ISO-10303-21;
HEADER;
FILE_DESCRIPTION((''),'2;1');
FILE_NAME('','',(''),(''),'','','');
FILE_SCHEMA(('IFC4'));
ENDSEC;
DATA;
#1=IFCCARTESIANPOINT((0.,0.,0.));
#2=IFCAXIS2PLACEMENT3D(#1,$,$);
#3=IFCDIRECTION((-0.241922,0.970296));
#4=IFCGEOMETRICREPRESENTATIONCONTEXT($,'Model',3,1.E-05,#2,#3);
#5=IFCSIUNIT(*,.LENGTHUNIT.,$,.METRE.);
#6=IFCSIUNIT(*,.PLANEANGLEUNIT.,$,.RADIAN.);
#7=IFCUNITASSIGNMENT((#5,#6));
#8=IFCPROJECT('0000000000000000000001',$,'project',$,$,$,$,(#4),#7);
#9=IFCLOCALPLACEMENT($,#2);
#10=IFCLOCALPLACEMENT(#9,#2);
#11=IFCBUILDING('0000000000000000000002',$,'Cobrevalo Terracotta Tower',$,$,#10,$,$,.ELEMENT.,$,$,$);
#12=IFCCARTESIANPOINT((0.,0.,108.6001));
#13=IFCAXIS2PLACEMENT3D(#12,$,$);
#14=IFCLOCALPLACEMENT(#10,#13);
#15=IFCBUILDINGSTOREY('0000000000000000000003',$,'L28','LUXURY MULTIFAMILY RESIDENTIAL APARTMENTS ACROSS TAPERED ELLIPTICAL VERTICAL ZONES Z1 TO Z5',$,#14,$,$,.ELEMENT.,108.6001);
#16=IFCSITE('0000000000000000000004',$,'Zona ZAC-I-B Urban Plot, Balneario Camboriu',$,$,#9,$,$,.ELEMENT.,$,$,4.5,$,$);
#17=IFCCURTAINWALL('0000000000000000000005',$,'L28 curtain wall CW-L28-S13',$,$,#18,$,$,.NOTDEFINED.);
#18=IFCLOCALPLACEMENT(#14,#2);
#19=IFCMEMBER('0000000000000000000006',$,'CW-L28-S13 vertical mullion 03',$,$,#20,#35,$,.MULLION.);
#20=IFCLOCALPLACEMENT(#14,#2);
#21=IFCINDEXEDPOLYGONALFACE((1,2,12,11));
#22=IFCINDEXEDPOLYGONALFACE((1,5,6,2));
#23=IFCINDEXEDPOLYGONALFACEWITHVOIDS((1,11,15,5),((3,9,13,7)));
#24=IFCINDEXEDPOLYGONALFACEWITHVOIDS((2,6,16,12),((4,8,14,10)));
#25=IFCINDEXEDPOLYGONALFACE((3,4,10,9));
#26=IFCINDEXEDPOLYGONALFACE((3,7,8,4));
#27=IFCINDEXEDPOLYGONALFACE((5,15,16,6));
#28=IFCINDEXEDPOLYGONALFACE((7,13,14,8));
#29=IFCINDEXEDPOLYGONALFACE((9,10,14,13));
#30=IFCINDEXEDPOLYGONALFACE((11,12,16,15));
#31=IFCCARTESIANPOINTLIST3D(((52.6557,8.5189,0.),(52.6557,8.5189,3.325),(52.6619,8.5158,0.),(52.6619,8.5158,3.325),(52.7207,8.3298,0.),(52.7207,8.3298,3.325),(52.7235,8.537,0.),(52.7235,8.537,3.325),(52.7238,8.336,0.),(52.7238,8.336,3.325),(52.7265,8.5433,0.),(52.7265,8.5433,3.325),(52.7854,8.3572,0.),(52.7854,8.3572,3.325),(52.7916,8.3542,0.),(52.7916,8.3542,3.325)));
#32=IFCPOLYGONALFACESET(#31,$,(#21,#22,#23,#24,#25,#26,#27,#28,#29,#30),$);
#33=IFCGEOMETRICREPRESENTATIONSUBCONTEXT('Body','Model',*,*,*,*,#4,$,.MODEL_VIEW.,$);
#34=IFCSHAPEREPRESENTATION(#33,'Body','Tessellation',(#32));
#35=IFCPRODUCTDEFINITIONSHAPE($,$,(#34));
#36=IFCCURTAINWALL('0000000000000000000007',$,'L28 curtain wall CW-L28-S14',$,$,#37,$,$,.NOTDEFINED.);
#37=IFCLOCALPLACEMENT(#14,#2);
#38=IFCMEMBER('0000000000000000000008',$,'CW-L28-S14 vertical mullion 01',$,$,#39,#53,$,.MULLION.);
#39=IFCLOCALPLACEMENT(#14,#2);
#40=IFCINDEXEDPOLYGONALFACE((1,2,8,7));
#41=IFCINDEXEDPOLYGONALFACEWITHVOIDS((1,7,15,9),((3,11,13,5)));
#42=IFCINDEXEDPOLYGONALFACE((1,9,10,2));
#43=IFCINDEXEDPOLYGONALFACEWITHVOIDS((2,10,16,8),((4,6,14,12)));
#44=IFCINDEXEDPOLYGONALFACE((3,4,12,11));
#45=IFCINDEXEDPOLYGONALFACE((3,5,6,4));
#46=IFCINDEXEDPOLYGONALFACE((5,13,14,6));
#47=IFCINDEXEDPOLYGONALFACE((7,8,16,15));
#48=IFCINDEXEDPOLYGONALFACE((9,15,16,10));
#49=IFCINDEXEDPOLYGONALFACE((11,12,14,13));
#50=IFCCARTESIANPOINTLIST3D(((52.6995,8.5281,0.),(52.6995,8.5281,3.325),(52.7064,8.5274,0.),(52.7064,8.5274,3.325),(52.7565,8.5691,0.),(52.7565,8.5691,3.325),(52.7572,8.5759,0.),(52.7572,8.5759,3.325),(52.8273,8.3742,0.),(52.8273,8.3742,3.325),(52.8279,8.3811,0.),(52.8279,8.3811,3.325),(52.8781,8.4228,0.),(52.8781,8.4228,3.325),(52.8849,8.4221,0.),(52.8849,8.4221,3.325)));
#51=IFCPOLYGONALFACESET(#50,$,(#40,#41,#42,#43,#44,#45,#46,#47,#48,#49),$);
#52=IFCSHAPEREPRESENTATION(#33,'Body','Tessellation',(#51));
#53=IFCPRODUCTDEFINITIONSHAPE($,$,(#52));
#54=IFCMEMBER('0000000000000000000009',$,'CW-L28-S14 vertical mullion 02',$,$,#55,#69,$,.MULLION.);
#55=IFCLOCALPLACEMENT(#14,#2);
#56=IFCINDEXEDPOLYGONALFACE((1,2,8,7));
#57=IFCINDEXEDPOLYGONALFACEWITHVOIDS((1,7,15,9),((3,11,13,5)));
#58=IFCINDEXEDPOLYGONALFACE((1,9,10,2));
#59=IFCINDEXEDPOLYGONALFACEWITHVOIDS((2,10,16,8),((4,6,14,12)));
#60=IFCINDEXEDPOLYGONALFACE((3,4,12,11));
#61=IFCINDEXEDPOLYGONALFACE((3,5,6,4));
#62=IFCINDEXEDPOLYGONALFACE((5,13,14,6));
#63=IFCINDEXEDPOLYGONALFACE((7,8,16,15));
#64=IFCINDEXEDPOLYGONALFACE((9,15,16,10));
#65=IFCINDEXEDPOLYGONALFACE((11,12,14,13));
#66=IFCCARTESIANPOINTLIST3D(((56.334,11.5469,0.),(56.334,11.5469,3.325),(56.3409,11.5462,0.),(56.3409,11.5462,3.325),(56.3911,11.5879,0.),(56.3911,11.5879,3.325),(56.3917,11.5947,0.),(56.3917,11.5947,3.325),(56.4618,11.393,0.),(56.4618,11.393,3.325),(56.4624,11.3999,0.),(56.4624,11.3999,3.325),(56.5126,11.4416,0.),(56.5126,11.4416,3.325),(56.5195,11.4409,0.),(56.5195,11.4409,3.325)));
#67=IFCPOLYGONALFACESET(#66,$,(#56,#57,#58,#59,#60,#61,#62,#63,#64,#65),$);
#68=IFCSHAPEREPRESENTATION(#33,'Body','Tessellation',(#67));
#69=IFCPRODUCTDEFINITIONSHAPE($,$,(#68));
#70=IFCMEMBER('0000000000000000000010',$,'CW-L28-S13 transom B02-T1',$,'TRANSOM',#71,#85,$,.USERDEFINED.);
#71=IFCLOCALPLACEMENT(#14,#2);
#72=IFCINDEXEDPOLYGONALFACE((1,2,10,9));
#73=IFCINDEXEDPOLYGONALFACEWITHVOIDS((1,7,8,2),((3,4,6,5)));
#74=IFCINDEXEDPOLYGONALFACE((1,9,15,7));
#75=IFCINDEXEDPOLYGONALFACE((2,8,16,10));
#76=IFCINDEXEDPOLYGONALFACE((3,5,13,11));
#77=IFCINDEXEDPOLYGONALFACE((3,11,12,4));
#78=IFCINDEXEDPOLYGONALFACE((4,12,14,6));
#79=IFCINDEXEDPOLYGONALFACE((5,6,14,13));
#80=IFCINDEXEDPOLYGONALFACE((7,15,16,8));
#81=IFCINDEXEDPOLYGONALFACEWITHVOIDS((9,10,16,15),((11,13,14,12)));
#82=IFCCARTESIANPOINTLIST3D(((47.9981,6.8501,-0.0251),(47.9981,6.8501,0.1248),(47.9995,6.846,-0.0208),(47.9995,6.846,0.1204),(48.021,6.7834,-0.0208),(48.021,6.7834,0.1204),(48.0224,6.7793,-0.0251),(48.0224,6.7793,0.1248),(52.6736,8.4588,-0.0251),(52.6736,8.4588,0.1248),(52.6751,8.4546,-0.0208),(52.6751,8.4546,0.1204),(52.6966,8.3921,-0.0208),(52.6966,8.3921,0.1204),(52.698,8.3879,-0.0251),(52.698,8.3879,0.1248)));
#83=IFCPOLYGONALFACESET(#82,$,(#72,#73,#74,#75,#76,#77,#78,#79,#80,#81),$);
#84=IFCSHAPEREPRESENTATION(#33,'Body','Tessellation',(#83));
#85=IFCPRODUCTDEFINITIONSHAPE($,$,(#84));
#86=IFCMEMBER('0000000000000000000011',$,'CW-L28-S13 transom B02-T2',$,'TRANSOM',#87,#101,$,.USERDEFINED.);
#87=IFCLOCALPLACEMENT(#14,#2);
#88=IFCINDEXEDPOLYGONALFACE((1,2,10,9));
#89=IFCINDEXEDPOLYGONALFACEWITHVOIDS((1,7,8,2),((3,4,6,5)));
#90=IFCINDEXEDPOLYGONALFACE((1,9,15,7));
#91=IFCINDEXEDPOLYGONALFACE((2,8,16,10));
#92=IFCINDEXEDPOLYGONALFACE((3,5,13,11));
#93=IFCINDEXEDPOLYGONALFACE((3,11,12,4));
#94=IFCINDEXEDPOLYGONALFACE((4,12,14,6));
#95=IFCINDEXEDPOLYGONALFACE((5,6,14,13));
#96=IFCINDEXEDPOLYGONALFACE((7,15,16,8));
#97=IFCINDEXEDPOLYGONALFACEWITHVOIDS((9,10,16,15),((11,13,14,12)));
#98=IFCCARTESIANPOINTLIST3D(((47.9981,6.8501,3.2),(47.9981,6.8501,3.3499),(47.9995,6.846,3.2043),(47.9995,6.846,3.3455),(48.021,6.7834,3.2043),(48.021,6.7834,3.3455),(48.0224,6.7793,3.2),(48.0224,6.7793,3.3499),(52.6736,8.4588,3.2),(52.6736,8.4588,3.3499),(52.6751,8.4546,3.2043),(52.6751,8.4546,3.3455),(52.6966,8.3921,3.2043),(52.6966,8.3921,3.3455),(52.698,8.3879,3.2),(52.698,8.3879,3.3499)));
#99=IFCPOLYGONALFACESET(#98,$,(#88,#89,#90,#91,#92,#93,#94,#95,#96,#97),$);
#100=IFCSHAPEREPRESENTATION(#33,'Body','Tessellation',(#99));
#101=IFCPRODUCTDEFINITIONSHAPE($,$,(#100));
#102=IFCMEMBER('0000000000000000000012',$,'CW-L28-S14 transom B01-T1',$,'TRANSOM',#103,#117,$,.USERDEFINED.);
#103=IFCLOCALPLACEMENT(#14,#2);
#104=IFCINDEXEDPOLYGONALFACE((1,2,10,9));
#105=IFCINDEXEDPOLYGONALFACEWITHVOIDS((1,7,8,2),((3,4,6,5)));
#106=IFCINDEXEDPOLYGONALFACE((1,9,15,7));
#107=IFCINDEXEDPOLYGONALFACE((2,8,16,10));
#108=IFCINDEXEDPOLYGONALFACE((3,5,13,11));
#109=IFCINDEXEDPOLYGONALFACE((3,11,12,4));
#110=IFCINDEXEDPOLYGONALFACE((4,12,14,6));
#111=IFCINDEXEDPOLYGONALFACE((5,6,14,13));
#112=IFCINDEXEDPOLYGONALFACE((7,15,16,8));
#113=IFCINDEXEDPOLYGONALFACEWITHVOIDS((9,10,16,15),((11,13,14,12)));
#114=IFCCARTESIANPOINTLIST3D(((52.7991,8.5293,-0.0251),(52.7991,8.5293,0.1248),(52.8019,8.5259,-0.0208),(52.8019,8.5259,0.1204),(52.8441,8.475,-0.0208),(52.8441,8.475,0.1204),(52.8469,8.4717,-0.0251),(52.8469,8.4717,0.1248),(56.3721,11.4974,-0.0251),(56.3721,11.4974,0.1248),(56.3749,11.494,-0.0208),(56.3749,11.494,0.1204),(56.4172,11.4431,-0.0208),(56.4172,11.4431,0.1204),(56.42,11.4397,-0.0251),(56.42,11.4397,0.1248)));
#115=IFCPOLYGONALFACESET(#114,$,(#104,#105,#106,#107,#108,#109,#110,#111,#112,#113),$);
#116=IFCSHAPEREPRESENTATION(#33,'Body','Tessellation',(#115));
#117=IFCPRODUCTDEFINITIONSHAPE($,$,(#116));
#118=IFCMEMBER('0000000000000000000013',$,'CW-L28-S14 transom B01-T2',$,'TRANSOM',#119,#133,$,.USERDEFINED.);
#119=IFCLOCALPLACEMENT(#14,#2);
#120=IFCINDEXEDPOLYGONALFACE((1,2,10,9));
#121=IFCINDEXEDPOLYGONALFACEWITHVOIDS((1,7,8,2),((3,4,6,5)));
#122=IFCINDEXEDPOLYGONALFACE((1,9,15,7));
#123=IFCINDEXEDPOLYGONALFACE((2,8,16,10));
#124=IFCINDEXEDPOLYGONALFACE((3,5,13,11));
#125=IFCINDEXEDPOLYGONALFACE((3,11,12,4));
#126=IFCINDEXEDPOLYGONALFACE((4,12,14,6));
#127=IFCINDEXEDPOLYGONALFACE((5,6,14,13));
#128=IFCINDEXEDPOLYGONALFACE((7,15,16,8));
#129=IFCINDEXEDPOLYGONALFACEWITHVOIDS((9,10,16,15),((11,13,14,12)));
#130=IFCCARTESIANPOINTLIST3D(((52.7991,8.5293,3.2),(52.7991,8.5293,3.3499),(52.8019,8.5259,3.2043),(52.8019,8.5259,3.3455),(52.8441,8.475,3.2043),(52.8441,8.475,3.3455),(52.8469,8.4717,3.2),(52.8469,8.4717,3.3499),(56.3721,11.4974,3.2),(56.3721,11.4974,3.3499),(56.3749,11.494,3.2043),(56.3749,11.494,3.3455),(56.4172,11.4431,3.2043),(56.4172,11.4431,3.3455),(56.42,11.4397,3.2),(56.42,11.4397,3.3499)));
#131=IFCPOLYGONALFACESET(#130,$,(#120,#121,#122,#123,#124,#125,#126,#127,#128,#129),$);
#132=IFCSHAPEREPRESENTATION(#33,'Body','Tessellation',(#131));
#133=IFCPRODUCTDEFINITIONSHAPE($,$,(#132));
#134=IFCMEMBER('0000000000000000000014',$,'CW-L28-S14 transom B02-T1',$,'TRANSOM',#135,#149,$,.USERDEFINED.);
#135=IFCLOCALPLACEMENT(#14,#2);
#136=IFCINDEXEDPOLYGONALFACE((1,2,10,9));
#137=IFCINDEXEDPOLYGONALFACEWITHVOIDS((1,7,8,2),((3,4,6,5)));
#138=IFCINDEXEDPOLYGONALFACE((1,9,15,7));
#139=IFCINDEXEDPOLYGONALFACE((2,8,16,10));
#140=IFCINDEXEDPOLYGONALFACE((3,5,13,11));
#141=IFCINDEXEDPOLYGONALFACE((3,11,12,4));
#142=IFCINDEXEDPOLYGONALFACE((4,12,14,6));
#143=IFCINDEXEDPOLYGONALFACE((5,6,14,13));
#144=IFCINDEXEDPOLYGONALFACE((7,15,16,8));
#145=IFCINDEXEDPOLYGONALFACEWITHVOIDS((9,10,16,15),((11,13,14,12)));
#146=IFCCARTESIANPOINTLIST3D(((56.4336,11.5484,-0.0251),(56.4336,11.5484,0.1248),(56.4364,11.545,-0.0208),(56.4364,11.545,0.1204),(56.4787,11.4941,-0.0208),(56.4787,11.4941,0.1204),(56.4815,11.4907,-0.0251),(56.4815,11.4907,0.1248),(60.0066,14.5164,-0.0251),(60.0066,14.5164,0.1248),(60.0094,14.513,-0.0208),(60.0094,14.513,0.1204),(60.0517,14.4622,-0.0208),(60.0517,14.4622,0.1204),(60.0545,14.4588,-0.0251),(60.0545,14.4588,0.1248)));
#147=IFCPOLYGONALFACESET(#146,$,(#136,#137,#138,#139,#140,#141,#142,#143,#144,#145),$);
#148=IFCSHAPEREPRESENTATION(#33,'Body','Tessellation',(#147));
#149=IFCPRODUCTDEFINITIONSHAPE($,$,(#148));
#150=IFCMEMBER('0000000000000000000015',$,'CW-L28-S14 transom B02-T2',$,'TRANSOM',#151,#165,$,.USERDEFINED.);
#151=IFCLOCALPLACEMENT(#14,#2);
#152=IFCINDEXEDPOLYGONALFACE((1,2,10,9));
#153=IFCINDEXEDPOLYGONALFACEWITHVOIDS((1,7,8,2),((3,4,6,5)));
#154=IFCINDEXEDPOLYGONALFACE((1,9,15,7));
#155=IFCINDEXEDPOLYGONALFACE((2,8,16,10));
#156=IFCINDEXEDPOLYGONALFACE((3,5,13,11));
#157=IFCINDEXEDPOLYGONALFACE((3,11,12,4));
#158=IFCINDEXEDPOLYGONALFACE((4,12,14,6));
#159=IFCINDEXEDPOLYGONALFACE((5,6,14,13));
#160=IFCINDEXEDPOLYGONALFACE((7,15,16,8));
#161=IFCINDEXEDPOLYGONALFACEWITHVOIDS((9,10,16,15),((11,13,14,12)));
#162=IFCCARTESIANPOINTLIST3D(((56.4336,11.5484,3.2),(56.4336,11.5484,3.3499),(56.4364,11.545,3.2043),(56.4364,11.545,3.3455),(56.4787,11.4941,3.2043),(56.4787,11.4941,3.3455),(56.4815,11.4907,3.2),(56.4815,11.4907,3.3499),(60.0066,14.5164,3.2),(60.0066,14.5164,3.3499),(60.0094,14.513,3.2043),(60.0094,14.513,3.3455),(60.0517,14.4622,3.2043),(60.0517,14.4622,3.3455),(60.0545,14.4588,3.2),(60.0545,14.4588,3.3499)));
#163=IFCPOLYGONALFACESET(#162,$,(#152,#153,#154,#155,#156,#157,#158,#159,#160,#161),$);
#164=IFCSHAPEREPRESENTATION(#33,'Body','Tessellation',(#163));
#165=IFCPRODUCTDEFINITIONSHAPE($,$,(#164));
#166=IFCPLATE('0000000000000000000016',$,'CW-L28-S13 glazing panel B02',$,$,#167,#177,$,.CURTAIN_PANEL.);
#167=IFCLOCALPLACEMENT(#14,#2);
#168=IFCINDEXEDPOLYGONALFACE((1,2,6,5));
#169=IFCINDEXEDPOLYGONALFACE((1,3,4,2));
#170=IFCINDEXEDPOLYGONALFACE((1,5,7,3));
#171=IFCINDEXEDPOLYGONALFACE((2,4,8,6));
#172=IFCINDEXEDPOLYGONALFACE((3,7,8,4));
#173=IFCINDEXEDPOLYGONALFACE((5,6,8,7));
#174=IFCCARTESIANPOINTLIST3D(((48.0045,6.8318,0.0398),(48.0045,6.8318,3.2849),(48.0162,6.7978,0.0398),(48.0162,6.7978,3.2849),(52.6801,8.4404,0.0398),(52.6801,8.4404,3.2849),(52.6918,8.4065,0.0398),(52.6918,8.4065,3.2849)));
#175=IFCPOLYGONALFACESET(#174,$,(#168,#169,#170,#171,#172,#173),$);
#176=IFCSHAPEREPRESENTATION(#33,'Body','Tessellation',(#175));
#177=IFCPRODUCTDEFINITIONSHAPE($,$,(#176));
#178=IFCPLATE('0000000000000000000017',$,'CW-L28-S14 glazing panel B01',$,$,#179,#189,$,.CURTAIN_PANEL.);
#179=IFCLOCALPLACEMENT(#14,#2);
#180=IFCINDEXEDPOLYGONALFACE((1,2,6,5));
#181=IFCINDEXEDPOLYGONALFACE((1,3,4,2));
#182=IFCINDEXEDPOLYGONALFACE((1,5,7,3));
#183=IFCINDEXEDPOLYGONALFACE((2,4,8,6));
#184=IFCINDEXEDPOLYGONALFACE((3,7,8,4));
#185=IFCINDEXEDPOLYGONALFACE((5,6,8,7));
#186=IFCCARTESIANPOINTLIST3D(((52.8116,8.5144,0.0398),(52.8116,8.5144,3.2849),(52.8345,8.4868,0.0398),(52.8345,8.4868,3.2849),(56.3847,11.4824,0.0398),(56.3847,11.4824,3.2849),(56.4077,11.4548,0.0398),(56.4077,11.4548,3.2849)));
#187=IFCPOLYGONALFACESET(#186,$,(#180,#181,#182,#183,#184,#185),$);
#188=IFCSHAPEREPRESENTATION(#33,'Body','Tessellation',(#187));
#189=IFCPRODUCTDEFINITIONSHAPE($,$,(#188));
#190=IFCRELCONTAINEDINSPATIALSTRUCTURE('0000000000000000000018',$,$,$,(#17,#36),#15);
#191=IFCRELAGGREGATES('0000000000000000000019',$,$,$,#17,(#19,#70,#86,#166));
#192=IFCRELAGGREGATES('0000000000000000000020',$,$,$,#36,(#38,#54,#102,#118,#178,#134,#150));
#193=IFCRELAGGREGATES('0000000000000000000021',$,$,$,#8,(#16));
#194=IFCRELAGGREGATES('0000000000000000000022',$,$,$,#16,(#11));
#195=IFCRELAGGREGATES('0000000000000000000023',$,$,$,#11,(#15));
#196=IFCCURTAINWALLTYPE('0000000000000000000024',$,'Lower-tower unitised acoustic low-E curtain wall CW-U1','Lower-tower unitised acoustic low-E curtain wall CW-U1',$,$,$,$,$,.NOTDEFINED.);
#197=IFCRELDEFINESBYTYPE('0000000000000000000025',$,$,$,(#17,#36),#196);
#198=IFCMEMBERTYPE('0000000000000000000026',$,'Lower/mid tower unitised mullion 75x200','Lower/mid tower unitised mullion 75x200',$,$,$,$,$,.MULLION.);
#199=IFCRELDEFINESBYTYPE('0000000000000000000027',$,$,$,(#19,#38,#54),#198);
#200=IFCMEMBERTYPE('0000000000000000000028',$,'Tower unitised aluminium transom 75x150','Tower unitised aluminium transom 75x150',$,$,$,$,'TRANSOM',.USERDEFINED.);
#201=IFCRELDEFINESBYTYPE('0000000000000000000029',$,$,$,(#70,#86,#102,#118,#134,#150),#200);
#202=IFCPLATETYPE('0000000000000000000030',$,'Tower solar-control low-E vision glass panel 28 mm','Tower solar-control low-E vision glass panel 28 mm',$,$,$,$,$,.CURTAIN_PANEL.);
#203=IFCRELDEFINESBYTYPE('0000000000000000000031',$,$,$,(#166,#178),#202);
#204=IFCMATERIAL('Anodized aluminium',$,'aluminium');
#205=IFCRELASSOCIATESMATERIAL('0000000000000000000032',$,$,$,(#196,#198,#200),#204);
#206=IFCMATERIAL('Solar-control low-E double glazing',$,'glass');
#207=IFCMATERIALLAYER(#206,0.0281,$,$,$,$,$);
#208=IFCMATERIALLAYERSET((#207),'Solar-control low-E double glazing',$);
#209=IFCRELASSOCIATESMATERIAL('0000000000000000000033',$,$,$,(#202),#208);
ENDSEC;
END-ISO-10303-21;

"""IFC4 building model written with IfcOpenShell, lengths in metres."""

from ifc_helpers import new_model, si_unit, direction, frame, origin, origin_2d, place, context, subcontext, project, spatial, rectangle, hollow_rectangle, extrude, source, transform, mapped, material, layer, layer_set, material_profile, profile_set, type_object, element, aggregate, save


model = new_model("IFC4")

# Units and contexts
model_context = context("Model", 3, precision=1e-05, world=origin(), true_north=direction((-0.241922, 0.970296)))
body_context = subcontext(model_context, "Body", "Model", "MODEL_VIEW")
ifc_project = project(units=[si_unit("LENGTHUNIT", "METRE"), si_unit("PLANEANGLEUNIT", "RADIAN")], contexts=[model_context])

# Site, building, storey
site_placement = place(None, origin())
site = spatial("IfcSite", under=ifc_project, at=site_placement, Name="Zona ZAC-I-B Urban Plot, Balneario Camboriu", CompositionType="ELEMENT", RefElevation=4.5)
building_placement = place(site_placement, origin())
building = spatial("IfcBuilding", under=site, at=building_placement, Name="Cobrevalo Terracotta Tower", CompositionType="ELEMENT")
storey_placement = place(building_placement, frame((0.0, 0.0, 108.6001)))
storey = spatial("IfcBuildingStorey", under=building, at=storey_placement, Name="L28", Description="LUXURY MULTIFAMILY RESIDENTIAL APARTMENTS ACROSS TAPERED ELLIPTICAL VERTICAL ZONES Z1 TO Z5", CompositionType="ELEMENT", Elevation=108.6001)

# Curtain walls, members
ifc_material_1 = material(Name="Anodized aluminium", Category="aluminium")
curtain_wall_type = type_object("IfcCurtainWallType", Name="Lower-tower unitised acoustic low-E curtain wall CW-U1", Description="Lower-tower unitised acoustic low-E curtain wall CW-U1", PredefinedType="NOTDEFINED", material=ifc_material_1)
curtain_wall_1_placement = place(storey_placement, origin())
curtain_wall_1 = element("IfcCurtainWall", 1, at=curtain_wall_1_placement, inside=storey, type_object=curtain_wall_type, Name="L28 curtain wall CW-L28-S13", PredefinedType="NOTDEFINED")
ifc_material_profile_1 = material_profile(ifc_material_1, hollow_rectangle(XDim=0.075, YDim=0.2, WallThickness=0.0049, at=origin_2d()), Name="CWM 75x200")
ifc_profile_set_1 = profile_set([ifc_material_profile_1], Name="Anodized aluminium")
member_type_1 = type_object("IfcMemberType", Name="Lower/mid tower unitised mullion 75x200", Description="Lower/mid tower unitised mullion 75x200", PredefinedType="MULLION", material=ifc_profile_set_1)
shared_shape_1 = source(origin(), body_context, "Body", "SweptSolid", [
    extrude(hollow_rectangle(XDim=0.075, YDim=0.2, WallThickness=0.0049, at=origin_2d()), origin(), (0.0, 0.0, 1.0), 3.325),
])
member_1_placement = place(storey_placement, frame((52.7236, 8.4365, 0.0), z_axis=(0.0, 0.0, 1.0), x_axis=(0.945598, 0.325337, 0.0)))
member_1 = element("IfcMember", 2, at=member_1_placement, type_object=member_type_1, Name="CW-L28-S13 vertical mullion 03", PredefinedType="MULLION", context=body_context, shape_type="MappedRepresentation", body=[
    mapped(shared_shape_1, transform((0.0, 0.0, 0.0), scale=1.0)),
])
curtain_wall_2_placement = place(storey_placement, origin())
curtain_wall_2 = element("IfcCurtainWall", 3, at=curtain_wall_2_placement, inside=storey, type_object=curtain_wall_type, Name="L28 curtain wall CW-L28-S14", PredefinedType="NOTDEFINED")
member_2_placement = place(storey_placement, frame((52.7922, 8.4751, 0.0), z_axis=(0.0, 0.0, 1.0), x_axis=(0.769243, 0.638956, 0.0)))
member_2 = element("IfcMember", 4, at=member_2_placement, type_object=member_type_1, Name="CW-L28-S14 vertical mullion 01", PredefinedType="MULLION", context=body_context, shape_type="MappedRepresentation", body=[
    mapped(shared_shape_1, transform((0.0, 0.0, 0.0), scale=1.0)),
])
member_3_placement = place(storey_placement, frame((56.4268, 11.4939, 0.0), z_axis=(0.0, 0.0, 1.0), x_axis=(0.769243, 0.638956, 0.0)))
member_3 = element("IfcMember", 5, at=member_3_placement, type_object=member_type_1, Name="CW-L28-S14 vertical mullion 02", PredefinedType="MULLION", context=body_context, shape_type="MappedRepresentation", body=[
    mapped(shared_shape_1, transform((0.0, 0.0, 0.0), scale=1.0)),
])

# Members
ifc_material_profile_2 = material_profile(ifc_material_1, hollow_rectangle(XDim=0.075, YDim=0.1499, WallThickness=0.0044, at=origin_2d()), Name="CWT 75x150")
ifc_profile_set_2 = profile_set([ifc_material_profile_2], Name="Anodized aluminium")
member_type_2 = type_object("IfcMemberType", Name="Tower unitised aluminium transom 75x150", Description="Tower unitised aluminium transom 75x150", ElementType="TRANSOM", PredefinedType="USERDEFINED", material=ifc_profile_set_2)
shared_shape_2 = source(origin(), body_context, "Body", "SweptSolid", [
    extrude(hollow_rectangle(XDim=0.075, YDim=0.1499, WallThickness=0.0044, at=origin_2d()), origin(), (0.0, 0.0, 1.0), 4.9446),
])
member_4_placement = place(storey_placement, frame((48.0103, 6.8147, 0.0498), z_axis=(0.945598, 0.325338, 0.0), x_axis=(-0.325338, 0.945598, 0.0)))
member_4 = element("IfcMember", 6, at=member_4_placement, type_object=member_type_2, Name="CW-L28-S13 transom B02-T1", ObjectType="TRANSOM", PredefinedType="USERDEFINED", context=body_context, shape_type="MappedRepresentation", body=[
    mapped(shared_shape_2, transform((0.0, 0.0, 0.0), scale=1.0)),
])
member_5_placement = place(storey_placement, frame((48.0103, 6.8147, 3.2749), z_axis=(0.945598, 0.325338, 0.0), x_axis=(-0.325338, 0.945598, 0.0)))
member_5 = element("IfcMember", 7, at=member_5_placement, type_object=member_type_2, Name="CW-L28-S13 transom B02-T2", ObjectType="TRANSOM", PredefinedType="USERDEFINED", context=body_context, shape_type="MappedRepresentation", body=[
    mapped(shared_shape_2, transform((0.0, 0.0, 0.0), scale=1.0)),
])
shared_shape_3 = source(origin(), body_context, "Body", "SweptSolid", [
    extrude(hollow_rectangle(XDim=0.075, YDim=0.1499, WallThickness=0.0044, at=origin_2d()), origin(), (0.0, 0.0, 1.0), 4.645),
])
member_6_placement = place(storey_placement, frame((52.823, 8.5005, 0.0498), z_axis=(0.769224, 0.638979, 0.0), x_axis=(-0.638979, 0.769224, 0.0)))
member_6 = element("IfcMember", 8, at=member_6_placement, type_object=member_type_2, Name="CW-L28-S14 transom B01-T1", ObjectType="TRANSOM", PredefinedType="USERDEFINED", context=body_context, shape_type="MappedRepresentation", body=[
    mapped(shared_shape_3, transform((0.0, 0.0, 0.0), scale=1.0)),
])
member_7_placement = place(storey_placement, frame((52.823, 8.5005, 3.2749), z_axis=(0.769224, 0.638979, 0.0), x_axis=(-0.638979, 0.769224, 0.0)))
member_7 = element("IfcMember", 9, at=member_7_placement, type_object=member_type_2, Name="CW-L28-S14 transom B01-T2", ObjectType="TRANSOM", PredefinedType="USERDEFINED", context=body_context, shape_type="MappedRepresentation", body=[
    mapped(shared_shape_3, transform((0.0, 0.0, 0.0), scale=1.0)),
])
member_8_placement = place(storey_placement, frame((56.4575, 11.5195, 0.0498), z_axis=(0.769224, 0.638979, 0.0), x_axis=(-0.638979, 0.769224, 0.0)))
member_8 = element("IfcMember", 10, at=member_8_placement, type_object=member_type_2, Name="CW-L28-S14 transom B02-T1", ObjectType="TRANSOM", PredefinedType="USERDEFINED", context=body_context, shape_type="MappedRepresentation", body=[
    mapped(shared_shape_3, transform((0.0, 0.0, 0.0), scale=1.0)),
])
member_9_placement = place(storey_placement, frame((56.4575, 11.5195, 3.2749), z_axis=(0.769224, 0.638979, 0.0), x_axis=(-0.638979, 0.769224, 0.0)))
member_9 = element("IfcMember", 11, at=member_9_placement, type_object=member_type_2, Name="CW-L28-S14 transom B02-T2", ObjectType="TRANSOM", PredefinedType="USERDEFINED", context=body_context, shape_type="MappedRepresentation", body=[
    mapped(shared_shape_3, transform((0.0, 0.0, 0.0), scale=1.0)),
])

# Plates
ifc_material_2 = material(Name="Solar-control low-E double glazing", Category="glass")
ifc_layer_1 = layer(ifc_material_2, 0.0281)
ifc_layer_set_1 = layer_set([ifc_layer_1], Name="Solar-control low-E double glazing")
plate_type = type_object("IfcPlateType", Name="Tower solar-control low-E vision glass panel 28 mm", Description="Tower solar-control low-E vision glass panel 28 mm", PredefinedType="CURTAIN_PANEL", material=ifc_layer_set_1)
shared_shape_4 = source(origin(), body_context, "Body", "SweptSolid", [
    extrude(rectangle(XDim=4.9446, YDim=0.0359, at=origin_2d()), origin(), (0.0, 0.0, 1.0), 3.2451),
])
plate_1_placement = place(storey_placement, frame((50.3481, 7.6191, 0.0398), z_axis=(0.0, 0.0, 1.0), x_axis=(0.945596, 0.325342, 0.0)))
plate_1 = element("IfcPlate", 12, at=plate_1_placement, type_object=plate_type, Name="CW-L28-S13 glazing panel B02", PredefinedType="CURTAIN_PANEL", context=body_context, shape_type="MappedRepresentation", body=[
    mapped(shared_shape_4, transform((0.0, 0.0, 0.0), scale=1.0)),
])
aggregate(curtain_wall_1, [member_1, member_4, member_5, plate_1])
shared_shape_5 = source(origin(), body_context, "Body", "SweptSolid", [
    extrude(rectangle(XDim=4.645, YDim=0.0359, at=origin_2d()), origin(), (0.0, 0.0, 1.0), 3.2451),
])
plate_2_placement = place(storey_placement, frame((54.6096, 9.9846, 0.0398), z_axis=(0.0, 0.0, 1.0), x_axis=(0.769241, 0.638958, 0.0)))
plate_2 = element("IfcPlate", 13, at=plate_2_placement, type_object=plate_type, Name="CW-L28-S14 glazing panel B01", PredefinedType="CURTAIN_PANEL", context=body_context, shape_type="MappedRepresentation", body=[
    mapped(shared_shape_5, transform((0.0, 0.0, 0.0), scale=1.0)),
])
aggregate(curtain_wall_2, [member_2, member_3, member_6, member_7, plate_2, member_8, member_9])

save(model, "model.ifc")
